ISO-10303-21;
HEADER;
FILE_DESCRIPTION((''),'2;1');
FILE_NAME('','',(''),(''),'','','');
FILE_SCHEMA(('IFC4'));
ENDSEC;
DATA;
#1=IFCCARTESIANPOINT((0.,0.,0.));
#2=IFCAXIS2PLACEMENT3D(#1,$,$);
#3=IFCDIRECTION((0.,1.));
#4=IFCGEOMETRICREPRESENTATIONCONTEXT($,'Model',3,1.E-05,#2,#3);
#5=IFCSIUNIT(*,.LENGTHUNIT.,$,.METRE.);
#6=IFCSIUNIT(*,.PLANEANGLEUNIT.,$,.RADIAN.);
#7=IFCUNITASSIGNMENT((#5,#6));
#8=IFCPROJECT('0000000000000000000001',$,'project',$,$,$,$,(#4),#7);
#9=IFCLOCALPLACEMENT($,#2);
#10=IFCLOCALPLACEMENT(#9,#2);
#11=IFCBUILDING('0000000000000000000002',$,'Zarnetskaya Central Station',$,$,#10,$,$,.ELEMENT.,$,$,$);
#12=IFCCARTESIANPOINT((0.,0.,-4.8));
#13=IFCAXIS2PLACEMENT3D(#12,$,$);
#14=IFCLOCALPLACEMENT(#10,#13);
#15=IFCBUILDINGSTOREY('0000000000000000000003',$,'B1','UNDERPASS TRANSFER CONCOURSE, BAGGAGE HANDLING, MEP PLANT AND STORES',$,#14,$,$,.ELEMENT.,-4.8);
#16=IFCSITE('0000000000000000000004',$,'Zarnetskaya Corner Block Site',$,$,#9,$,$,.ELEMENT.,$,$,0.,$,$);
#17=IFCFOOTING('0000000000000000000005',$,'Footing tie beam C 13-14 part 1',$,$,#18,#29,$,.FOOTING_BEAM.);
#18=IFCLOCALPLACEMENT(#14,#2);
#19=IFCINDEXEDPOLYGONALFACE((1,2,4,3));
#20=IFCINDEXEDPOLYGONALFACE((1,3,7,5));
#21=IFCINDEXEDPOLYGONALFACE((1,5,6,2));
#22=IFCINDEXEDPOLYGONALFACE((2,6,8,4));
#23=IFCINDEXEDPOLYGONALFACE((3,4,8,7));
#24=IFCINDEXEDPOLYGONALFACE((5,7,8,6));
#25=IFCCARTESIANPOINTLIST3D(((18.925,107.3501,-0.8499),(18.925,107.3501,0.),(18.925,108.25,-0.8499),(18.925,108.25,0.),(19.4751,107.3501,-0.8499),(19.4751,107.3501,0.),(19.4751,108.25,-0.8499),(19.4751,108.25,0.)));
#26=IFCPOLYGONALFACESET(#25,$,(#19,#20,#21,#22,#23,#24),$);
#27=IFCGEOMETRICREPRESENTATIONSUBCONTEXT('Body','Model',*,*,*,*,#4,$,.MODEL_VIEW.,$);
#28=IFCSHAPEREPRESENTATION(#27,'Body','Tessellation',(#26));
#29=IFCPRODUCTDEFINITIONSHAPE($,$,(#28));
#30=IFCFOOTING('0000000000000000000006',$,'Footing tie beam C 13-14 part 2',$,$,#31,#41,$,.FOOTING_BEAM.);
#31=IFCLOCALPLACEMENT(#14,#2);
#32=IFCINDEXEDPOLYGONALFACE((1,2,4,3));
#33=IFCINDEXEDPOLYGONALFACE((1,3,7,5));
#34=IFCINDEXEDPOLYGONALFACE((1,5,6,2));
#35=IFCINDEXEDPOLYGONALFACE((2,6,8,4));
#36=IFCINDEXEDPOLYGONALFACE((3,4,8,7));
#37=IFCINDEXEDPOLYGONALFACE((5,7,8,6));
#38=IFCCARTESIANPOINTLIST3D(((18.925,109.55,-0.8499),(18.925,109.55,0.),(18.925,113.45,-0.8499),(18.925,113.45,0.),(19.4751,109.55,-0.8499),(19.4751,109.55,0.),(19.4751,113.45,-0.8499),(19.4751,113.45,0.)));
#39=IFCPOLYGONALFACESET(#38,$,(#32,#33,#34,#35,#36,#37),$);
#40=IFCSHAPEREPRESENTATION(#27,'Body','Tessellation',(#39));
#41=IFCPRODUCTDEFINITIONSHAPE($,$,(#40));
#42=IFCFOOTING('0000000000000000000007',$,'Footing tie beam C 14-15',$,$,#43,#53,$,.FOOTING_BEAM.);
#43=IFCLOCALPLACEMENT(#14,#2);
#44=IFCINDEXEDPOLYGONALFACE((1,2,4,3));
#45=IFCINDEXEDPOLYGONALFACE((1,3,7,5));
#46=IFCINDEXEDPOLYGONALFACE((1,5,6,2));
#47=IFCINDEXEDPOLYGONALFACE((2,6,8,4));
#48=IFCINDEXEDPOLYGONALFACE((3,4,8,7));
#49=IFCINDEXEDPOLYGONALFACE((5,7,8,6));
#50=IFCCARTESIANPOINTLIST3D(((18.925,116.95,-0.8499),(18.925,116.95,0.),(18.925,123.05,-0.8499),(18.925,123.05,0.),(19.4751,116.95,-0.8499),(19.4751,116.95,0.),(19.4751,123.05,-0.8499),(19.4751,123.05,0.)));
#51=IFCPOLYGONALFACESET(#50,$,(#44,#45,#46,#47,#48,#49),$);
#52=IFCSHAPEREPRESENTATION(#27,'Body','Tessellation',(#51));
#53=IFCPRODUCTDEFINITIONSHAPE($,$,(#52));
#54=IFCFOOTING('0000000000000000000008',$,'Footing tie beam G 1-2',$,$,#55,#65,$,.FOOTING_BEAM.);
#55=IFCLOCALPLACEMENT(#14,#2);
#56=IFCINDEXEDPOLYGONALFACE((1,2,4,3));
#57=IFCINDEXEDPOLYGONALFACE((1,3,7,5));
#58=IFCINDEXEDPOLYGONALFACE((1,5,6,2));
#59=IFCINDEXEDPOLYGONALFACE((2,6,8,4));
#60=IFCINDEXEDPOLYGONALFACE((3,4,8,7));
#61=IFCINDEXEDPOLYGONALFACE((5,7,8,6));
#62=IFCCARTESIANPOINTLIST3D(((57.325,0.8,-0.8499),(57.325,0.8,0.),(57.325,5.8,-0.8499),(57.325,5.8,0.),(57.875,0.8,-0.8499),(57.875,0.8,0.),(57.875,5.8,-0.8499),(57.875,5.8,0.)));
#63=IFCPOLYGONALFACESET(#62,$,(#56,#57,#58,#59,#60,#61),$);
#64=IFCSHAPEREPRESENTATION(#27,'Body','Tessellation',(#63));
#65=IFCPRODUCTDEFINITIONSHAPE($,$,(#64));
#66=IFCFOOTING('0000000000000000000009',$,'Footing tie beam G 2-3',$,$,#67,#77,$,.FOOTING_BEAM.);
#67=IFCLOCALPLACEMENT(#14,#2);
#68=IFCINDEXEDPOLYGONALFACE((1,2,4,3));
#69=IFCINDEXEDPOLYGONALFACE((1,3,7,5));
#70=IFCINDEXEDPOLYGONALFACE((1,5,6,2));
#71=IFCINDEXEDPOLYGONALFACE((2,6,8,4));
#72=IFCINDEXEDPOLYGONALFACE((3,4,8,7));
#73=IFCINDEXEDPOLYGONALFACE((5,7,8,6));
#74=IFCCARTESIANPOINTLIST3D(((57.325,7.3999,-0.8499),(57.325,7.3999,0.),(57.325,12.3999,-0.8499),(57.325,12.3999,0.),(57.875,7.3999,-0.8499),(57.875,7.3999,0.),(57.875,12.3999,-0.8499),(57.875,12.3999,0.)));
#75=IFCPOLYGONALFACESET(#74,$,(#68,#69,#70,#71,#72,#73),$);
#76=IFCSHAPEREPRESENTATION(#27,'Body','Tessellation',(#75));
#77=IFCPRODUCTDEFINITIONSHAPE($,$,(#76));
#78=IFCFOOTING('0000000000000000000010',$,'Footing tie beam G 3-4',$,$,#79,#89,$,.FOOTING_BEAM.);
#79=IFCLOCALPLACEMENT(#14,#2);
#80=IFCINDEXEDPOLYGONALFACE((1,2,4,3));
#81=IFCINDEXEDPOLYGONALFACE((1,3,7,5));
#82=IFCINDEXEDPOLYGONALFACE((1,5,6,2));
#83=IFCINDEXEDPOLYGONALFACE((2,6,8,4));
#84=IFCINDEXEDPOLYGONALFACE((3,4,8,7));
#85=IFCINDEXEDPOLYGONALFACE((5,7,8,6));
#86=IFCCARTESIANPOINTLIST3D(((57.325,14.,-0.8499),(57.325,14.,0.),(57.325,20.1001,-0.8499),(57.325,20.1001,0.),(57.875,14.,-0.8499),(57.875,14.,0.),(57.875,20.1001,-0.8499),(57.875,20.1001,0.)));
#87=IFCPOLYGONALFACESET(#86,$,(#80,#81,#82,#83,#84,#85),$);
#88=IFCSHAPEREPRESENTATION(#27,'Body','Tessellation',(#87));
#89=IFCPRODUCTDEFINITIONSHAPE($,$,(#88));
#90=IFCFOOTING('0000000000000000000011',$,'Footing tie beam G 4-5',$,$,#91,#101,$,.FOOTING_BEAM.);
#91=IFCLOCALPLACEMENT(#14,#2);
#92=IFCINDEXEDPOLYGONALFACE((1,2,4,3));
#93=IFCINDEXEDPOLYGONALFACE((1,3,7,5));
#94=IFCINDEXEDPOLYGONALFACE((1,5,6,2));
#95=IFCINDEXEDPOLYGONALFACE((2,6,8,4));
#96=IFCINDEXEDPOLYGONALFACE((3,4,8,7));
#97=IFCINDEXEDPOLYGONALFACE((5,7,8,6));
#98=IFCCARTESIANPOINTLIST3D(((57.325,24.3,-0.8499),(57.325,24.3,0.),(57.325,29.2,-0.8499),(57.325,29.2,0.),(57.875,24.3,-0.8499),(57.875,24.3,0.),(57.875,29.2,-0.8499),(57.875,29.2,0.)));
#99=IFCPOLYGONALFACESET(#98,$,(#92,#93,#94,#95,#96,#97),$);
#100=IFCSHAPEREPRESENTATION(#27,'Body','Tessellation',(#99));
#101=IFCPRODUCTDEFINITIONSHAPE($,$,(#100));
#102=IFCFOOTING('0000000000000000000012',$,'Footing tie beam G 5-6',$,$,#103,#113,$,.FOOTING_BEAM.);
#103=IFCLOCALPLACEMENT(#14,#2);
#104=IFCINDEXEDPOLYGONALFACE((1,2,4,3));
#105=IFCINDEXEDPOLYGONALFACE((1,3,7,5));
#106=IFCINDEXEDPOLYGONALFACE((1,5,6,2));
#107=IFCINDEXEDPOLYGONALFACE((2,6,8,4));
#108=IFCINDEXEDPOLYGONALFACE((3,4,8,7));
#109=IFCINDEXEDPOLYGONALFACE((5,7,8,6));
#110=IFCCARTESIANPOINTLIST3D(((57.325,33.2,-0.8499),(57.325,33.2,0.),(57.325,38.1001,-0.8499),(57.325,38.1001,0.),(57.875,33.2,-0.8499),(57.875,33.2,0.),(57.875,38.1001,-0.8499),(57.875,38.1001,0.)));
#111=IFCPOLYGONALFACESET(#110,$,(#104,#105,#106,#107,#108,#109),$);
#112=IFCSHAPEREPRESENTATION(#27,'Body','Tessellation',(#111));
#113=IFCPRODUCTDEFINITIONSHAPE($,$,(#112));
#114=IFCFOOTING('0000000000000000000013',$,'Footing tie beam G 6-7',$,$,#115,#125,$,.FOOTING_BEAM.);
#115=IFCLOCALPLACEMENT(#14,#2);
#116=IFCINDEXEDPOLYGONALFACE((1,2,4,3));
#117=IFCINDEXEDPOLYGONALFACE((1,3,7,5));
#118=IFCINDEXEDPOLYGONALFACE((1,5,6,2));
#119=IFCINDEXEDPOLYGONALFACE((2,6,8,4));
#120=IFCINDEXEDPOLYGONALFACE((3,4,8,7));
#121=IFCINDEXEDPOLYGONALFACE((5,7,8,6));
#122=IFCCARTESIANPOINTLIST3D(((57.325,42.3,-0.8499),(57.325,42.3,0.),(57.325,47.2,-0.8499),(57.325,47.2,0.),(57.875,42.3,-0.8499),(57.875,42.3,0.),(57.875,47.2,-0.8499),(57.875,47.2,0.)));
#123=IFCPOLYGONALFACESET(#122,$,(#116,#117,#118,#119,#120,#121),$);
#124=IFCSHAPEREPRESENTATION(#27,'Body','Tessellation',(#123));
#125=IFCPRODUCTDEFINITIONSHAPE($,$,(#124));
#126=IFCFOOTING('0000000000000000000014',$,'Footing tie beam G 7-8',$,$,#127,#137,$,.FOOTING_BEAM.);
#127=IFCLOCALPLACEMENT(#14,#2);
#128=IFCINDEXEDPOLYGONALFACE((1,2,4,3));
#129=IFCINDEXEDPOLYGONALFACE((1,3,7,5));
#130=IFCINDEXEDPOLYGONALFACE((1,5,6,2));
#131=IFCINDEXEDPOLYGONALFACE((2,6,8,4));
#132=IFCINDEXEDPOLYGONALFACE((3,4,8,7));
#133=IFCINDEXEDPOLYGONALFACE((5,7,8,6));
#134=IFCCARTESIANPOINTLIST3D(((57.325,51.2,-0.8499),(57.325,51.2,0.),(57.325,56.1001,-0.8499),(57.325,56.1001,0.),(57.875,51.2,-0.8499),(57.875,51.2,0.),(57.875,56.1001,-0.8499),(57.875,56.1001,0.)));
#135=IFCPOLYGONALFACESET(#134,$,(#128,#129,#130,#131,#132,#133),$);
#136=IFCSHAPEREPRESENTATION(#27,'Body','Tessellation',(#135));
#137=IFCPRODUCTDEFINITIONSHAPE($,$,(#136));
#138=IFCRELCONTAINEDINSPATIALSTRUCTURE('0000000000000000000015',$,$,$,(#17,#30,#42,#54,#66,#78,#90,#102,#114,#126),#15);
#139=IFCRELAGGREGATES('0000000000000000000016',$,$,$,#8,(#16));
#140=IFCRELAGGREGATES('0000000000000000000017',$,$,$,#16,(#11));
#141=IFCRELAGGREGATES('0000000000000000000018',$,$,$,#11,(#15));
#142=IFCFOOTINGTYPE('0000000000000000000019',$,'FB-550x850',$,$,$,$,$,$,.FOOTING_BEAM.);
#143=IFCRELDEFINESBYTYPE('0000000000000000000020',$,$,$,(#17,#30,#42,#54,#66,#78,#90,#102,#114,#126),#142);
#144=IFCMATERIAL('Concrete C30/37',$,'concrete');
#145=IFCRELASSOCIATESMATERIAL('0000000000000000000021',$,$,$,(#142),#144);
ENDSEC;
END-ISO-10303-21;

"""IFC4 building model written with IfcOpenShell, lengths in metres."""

from ifc_helpers import new_model, si_unit, direction, frame, origin, place, context, subcontext, project, spatial, polyline, outline, extrude, material, type_object, element, save


model = new_model("IFC4")

# Units and contexts
model_context = context("Model", 3, precision=1e-05, world=origin(), true_north=direction((0.0, 1.0)))
body_context = subcontext(model_context, "Body", "Model", "MODEL_VIEW")
ifc_project = project(units=[si_unit("LENGTHUNIT", "METRE"), si_unit("PLANEANGLEUNIT", "RADIAN")], contexts=[model_context])

# Site, building, storey
site_placement = place(None, origin())
site = spatial("IfcSite", under=ifc_project, at=site_placement, Name="Zarnetskaya Corner Block Site", CompositionType="ELEMENT", RefElevation=0.0)
building_placement = place(site_placement, origin())
building = spatial("IfcBuilding", under=site, at=building_placement, Name="Zarnetskaya Central Station", CompositionType="ELEMENT")
storey_placement = place(building_placement, frame((0.0, 0.0, -4.8)))
storey = spatial("IfcBuildingStorey", under=building, at=storey_placement, Name="B1", Description="UNDERPASS TRANSFER CONCOURSE, BAGGAGE HANDLING, MEP PLANT AND STORES", CompositionType="ELEMENT", Elevation=-4.8)

# Footings
ifc_material = material(Name="Concrete C30/37", Category="concrete")
footing_type = type_object("IfcFootingType", Name="FB-550x850", PredefinedType="FOOTING_BEAM", material=ifc_material)
footing_1_placement = place(storey_placement, frame((0.0, 0.0, -0.8499)))
element("IfcFooting", 1, at=footing_1_placement, inside=storey, type_object=footing_type, Name="Footing tie beam C 13-14 part 1", PredefinedType="FOOTING_BEAM", context=body_context, shape_type="SweptSolid", body=[
    extrude(outline(polyline([(18.925, 107.3501), (19.4751, 107.3501), (19.4751, 108.25), (18.925, 108.25), (18.925, 107.3501)])), origin(), (0.0, 0.0, 1.0), 0.8499),
])
footing_2_placement = place(storey_placement, frame((0.0, 0.0, -0.8499)))
element("IfcFooting", 2, at=footing_2_placement, inside=storey, type_object=footing_type, Name="Footing tie beam C 13-14 part 2", PredefinedType="FOOTING_BEAM", context=body_context, shape_type="SweptSolid", body=[
    extrude(outline(polyline([(18.925, 109.55), (19.4751, 109.55), (19.4751, 113.45), (18.925, 113.45), (18.925, 109.55)])), origin(), (0.0, 0.0, 1.0), 0.8499),
])
footing_3_placement = place(storey_placement, frame((0.0, 0.0, -0.8499)))
element("IfcFooting", 3, at=footing_3_placement, inside=storey, type_object=footing_type, Name="Footing tie beam C 14-15", PredefinedType="FOOTING_BEAM", context=body_context, shape_type="SweptSolid", body=[
    extrude(outline(polyline([(18.925, 116.95), (19.4751, 116.95), (19.4751, 123.05), (18.925, 123.05), (18.925, 116.95)])), origin(), (0.0, 0.0, 1.0), 0.8499),
])
footing_4_placement = place(storey_placement, frame((0.0, 0.0, -0.8499)))
element("IfcFooting", 4, at=footing_4_placement, inside=storey, type_object=footing_type, Name="Footing tie beam G 1-2", PredefinedType="FOOTING_BEAM", context=body_context, shape_type="SweptSolid", body=[
    extrude(outline(polyline([(57.325, 0.8), (57.875, 0.8), (57.875, 5.8), (57.325, 5.8), (57.325, 0.8)])), origin(), (0.0, 0.0, 1.0), 0.8499),
])
footing_5_placement = place(storey_placement, frame((0.0, 0.0, -0.8499)))
element("IfcFooting", 5, at=footing_5_placement, inside=storey, type_object=footing_type, Name="Footing tie beam G 2-3", PredefinedType="FOOTING_BEAM", context=body_context, shape_type="SweptSolid", body=[
    extrude(outline(polyline([(57.325, 7.3999), (57.875, 7.3999), (57.875, 12.3999), (57.325, 12.3999), (57.325, 7.3999)])), origin(), (0.0, 0.0, 1.0), 0.8499),
])
footing_6_placement = place(storey_placement, frame((0.0, 0.0, -0.8499)))
element("IfcFooting", 6, at=footing_6_placement, inside=storey, type_object=footing_type, Name="Footing tie beam G 3-4", PredefinedType="FOOTING_BEAM", context=body_context, shape_type="SweptSolid", body=[
    extrude(outline(polyline([(57.325, 14.0), (57.875, 14.0), (57.875, 20.1001), (57.325, 20.1001), (57.325, 14.0)])), origin(), (0.0, 0.0, 1.0), 0.8499),
])
footing_7_placement = place(storey_placement, frame((0.0, 0.0, -0.8499)))
element("IfcFooting", 7, at=footing_7_placement, inside=storey, type_object=footing_type, Name="Footing tie beam G 4-5", PredefinedType="FOOTING_BEAM", context=body_context, shape_type="SweptSolid", body=[
    extrude(outline(polyline([(57.325, 24.3), (57.875, 24.3), (57.875, 29.2), (57.325, 29.2), (57.325, 24.3)])), origin(), (0.0, 0.0, 1.0), 0.8499),
])
footing_8_placement = place(storey_placement, frame((0.0, 0.0, -0.8499)))
element("IfcFooting", 8, at=footing_8_placement, inside=storey, type_object=footing_type, Name="Footing tie beam G 5-6", PredefinedType="FOOTING_BEAM", context=body_context, shape_type="SweptSolid", body=[
    extrude(outline(polyline([(57.325, 33.2), (57.875, 33.2), (57.875, 38.1001), (57.325, 38.1001), (57.325, 33.2)])), origin(), (0.0, 0.0, 1.0), 0.8499),
])
footing_9_placement = place(storey_placement, frame((0.0, 0.0, -0.8499)))
element("IfcFooting", 9, at=footing_9_placement, inside=storey, type_object=footing_type, Name="Footing tie beam G 6-7", PredefinedType="FOOTING_BEAM", context=body_context, shape_type="SweptSolid", body=[
    extrude(outline(polyline([(57.325, 42.3), (57.875, 42.3), (57.875, 47.2), (57.325, 47.2), (57.325, 42.3)])), origin(), (0.0, 0.0, 1.0), 0.8499),
])
footing_10_placement = place(storey_placement, frame((0.0, 0.0, -0.8499)))
element("IfcFooting", 10, at=footing_10_placement, inside=storey, type_object=footing_type, Name="Footing tie beam G 7-8", PredefinedType="FOOTING_BEAM", context=body_context, shape_type="SweptSolid", body=[
    extrude(outline(polyline([(57.325, 51.2), (57.875, 51.2), (57.875, 56.1001), (57.325, 56.1001), (57.325, 51.2)])), origin(), (0.0, 0.0, 1.0), 0.8499),
])

save(model, "model.ifc")
